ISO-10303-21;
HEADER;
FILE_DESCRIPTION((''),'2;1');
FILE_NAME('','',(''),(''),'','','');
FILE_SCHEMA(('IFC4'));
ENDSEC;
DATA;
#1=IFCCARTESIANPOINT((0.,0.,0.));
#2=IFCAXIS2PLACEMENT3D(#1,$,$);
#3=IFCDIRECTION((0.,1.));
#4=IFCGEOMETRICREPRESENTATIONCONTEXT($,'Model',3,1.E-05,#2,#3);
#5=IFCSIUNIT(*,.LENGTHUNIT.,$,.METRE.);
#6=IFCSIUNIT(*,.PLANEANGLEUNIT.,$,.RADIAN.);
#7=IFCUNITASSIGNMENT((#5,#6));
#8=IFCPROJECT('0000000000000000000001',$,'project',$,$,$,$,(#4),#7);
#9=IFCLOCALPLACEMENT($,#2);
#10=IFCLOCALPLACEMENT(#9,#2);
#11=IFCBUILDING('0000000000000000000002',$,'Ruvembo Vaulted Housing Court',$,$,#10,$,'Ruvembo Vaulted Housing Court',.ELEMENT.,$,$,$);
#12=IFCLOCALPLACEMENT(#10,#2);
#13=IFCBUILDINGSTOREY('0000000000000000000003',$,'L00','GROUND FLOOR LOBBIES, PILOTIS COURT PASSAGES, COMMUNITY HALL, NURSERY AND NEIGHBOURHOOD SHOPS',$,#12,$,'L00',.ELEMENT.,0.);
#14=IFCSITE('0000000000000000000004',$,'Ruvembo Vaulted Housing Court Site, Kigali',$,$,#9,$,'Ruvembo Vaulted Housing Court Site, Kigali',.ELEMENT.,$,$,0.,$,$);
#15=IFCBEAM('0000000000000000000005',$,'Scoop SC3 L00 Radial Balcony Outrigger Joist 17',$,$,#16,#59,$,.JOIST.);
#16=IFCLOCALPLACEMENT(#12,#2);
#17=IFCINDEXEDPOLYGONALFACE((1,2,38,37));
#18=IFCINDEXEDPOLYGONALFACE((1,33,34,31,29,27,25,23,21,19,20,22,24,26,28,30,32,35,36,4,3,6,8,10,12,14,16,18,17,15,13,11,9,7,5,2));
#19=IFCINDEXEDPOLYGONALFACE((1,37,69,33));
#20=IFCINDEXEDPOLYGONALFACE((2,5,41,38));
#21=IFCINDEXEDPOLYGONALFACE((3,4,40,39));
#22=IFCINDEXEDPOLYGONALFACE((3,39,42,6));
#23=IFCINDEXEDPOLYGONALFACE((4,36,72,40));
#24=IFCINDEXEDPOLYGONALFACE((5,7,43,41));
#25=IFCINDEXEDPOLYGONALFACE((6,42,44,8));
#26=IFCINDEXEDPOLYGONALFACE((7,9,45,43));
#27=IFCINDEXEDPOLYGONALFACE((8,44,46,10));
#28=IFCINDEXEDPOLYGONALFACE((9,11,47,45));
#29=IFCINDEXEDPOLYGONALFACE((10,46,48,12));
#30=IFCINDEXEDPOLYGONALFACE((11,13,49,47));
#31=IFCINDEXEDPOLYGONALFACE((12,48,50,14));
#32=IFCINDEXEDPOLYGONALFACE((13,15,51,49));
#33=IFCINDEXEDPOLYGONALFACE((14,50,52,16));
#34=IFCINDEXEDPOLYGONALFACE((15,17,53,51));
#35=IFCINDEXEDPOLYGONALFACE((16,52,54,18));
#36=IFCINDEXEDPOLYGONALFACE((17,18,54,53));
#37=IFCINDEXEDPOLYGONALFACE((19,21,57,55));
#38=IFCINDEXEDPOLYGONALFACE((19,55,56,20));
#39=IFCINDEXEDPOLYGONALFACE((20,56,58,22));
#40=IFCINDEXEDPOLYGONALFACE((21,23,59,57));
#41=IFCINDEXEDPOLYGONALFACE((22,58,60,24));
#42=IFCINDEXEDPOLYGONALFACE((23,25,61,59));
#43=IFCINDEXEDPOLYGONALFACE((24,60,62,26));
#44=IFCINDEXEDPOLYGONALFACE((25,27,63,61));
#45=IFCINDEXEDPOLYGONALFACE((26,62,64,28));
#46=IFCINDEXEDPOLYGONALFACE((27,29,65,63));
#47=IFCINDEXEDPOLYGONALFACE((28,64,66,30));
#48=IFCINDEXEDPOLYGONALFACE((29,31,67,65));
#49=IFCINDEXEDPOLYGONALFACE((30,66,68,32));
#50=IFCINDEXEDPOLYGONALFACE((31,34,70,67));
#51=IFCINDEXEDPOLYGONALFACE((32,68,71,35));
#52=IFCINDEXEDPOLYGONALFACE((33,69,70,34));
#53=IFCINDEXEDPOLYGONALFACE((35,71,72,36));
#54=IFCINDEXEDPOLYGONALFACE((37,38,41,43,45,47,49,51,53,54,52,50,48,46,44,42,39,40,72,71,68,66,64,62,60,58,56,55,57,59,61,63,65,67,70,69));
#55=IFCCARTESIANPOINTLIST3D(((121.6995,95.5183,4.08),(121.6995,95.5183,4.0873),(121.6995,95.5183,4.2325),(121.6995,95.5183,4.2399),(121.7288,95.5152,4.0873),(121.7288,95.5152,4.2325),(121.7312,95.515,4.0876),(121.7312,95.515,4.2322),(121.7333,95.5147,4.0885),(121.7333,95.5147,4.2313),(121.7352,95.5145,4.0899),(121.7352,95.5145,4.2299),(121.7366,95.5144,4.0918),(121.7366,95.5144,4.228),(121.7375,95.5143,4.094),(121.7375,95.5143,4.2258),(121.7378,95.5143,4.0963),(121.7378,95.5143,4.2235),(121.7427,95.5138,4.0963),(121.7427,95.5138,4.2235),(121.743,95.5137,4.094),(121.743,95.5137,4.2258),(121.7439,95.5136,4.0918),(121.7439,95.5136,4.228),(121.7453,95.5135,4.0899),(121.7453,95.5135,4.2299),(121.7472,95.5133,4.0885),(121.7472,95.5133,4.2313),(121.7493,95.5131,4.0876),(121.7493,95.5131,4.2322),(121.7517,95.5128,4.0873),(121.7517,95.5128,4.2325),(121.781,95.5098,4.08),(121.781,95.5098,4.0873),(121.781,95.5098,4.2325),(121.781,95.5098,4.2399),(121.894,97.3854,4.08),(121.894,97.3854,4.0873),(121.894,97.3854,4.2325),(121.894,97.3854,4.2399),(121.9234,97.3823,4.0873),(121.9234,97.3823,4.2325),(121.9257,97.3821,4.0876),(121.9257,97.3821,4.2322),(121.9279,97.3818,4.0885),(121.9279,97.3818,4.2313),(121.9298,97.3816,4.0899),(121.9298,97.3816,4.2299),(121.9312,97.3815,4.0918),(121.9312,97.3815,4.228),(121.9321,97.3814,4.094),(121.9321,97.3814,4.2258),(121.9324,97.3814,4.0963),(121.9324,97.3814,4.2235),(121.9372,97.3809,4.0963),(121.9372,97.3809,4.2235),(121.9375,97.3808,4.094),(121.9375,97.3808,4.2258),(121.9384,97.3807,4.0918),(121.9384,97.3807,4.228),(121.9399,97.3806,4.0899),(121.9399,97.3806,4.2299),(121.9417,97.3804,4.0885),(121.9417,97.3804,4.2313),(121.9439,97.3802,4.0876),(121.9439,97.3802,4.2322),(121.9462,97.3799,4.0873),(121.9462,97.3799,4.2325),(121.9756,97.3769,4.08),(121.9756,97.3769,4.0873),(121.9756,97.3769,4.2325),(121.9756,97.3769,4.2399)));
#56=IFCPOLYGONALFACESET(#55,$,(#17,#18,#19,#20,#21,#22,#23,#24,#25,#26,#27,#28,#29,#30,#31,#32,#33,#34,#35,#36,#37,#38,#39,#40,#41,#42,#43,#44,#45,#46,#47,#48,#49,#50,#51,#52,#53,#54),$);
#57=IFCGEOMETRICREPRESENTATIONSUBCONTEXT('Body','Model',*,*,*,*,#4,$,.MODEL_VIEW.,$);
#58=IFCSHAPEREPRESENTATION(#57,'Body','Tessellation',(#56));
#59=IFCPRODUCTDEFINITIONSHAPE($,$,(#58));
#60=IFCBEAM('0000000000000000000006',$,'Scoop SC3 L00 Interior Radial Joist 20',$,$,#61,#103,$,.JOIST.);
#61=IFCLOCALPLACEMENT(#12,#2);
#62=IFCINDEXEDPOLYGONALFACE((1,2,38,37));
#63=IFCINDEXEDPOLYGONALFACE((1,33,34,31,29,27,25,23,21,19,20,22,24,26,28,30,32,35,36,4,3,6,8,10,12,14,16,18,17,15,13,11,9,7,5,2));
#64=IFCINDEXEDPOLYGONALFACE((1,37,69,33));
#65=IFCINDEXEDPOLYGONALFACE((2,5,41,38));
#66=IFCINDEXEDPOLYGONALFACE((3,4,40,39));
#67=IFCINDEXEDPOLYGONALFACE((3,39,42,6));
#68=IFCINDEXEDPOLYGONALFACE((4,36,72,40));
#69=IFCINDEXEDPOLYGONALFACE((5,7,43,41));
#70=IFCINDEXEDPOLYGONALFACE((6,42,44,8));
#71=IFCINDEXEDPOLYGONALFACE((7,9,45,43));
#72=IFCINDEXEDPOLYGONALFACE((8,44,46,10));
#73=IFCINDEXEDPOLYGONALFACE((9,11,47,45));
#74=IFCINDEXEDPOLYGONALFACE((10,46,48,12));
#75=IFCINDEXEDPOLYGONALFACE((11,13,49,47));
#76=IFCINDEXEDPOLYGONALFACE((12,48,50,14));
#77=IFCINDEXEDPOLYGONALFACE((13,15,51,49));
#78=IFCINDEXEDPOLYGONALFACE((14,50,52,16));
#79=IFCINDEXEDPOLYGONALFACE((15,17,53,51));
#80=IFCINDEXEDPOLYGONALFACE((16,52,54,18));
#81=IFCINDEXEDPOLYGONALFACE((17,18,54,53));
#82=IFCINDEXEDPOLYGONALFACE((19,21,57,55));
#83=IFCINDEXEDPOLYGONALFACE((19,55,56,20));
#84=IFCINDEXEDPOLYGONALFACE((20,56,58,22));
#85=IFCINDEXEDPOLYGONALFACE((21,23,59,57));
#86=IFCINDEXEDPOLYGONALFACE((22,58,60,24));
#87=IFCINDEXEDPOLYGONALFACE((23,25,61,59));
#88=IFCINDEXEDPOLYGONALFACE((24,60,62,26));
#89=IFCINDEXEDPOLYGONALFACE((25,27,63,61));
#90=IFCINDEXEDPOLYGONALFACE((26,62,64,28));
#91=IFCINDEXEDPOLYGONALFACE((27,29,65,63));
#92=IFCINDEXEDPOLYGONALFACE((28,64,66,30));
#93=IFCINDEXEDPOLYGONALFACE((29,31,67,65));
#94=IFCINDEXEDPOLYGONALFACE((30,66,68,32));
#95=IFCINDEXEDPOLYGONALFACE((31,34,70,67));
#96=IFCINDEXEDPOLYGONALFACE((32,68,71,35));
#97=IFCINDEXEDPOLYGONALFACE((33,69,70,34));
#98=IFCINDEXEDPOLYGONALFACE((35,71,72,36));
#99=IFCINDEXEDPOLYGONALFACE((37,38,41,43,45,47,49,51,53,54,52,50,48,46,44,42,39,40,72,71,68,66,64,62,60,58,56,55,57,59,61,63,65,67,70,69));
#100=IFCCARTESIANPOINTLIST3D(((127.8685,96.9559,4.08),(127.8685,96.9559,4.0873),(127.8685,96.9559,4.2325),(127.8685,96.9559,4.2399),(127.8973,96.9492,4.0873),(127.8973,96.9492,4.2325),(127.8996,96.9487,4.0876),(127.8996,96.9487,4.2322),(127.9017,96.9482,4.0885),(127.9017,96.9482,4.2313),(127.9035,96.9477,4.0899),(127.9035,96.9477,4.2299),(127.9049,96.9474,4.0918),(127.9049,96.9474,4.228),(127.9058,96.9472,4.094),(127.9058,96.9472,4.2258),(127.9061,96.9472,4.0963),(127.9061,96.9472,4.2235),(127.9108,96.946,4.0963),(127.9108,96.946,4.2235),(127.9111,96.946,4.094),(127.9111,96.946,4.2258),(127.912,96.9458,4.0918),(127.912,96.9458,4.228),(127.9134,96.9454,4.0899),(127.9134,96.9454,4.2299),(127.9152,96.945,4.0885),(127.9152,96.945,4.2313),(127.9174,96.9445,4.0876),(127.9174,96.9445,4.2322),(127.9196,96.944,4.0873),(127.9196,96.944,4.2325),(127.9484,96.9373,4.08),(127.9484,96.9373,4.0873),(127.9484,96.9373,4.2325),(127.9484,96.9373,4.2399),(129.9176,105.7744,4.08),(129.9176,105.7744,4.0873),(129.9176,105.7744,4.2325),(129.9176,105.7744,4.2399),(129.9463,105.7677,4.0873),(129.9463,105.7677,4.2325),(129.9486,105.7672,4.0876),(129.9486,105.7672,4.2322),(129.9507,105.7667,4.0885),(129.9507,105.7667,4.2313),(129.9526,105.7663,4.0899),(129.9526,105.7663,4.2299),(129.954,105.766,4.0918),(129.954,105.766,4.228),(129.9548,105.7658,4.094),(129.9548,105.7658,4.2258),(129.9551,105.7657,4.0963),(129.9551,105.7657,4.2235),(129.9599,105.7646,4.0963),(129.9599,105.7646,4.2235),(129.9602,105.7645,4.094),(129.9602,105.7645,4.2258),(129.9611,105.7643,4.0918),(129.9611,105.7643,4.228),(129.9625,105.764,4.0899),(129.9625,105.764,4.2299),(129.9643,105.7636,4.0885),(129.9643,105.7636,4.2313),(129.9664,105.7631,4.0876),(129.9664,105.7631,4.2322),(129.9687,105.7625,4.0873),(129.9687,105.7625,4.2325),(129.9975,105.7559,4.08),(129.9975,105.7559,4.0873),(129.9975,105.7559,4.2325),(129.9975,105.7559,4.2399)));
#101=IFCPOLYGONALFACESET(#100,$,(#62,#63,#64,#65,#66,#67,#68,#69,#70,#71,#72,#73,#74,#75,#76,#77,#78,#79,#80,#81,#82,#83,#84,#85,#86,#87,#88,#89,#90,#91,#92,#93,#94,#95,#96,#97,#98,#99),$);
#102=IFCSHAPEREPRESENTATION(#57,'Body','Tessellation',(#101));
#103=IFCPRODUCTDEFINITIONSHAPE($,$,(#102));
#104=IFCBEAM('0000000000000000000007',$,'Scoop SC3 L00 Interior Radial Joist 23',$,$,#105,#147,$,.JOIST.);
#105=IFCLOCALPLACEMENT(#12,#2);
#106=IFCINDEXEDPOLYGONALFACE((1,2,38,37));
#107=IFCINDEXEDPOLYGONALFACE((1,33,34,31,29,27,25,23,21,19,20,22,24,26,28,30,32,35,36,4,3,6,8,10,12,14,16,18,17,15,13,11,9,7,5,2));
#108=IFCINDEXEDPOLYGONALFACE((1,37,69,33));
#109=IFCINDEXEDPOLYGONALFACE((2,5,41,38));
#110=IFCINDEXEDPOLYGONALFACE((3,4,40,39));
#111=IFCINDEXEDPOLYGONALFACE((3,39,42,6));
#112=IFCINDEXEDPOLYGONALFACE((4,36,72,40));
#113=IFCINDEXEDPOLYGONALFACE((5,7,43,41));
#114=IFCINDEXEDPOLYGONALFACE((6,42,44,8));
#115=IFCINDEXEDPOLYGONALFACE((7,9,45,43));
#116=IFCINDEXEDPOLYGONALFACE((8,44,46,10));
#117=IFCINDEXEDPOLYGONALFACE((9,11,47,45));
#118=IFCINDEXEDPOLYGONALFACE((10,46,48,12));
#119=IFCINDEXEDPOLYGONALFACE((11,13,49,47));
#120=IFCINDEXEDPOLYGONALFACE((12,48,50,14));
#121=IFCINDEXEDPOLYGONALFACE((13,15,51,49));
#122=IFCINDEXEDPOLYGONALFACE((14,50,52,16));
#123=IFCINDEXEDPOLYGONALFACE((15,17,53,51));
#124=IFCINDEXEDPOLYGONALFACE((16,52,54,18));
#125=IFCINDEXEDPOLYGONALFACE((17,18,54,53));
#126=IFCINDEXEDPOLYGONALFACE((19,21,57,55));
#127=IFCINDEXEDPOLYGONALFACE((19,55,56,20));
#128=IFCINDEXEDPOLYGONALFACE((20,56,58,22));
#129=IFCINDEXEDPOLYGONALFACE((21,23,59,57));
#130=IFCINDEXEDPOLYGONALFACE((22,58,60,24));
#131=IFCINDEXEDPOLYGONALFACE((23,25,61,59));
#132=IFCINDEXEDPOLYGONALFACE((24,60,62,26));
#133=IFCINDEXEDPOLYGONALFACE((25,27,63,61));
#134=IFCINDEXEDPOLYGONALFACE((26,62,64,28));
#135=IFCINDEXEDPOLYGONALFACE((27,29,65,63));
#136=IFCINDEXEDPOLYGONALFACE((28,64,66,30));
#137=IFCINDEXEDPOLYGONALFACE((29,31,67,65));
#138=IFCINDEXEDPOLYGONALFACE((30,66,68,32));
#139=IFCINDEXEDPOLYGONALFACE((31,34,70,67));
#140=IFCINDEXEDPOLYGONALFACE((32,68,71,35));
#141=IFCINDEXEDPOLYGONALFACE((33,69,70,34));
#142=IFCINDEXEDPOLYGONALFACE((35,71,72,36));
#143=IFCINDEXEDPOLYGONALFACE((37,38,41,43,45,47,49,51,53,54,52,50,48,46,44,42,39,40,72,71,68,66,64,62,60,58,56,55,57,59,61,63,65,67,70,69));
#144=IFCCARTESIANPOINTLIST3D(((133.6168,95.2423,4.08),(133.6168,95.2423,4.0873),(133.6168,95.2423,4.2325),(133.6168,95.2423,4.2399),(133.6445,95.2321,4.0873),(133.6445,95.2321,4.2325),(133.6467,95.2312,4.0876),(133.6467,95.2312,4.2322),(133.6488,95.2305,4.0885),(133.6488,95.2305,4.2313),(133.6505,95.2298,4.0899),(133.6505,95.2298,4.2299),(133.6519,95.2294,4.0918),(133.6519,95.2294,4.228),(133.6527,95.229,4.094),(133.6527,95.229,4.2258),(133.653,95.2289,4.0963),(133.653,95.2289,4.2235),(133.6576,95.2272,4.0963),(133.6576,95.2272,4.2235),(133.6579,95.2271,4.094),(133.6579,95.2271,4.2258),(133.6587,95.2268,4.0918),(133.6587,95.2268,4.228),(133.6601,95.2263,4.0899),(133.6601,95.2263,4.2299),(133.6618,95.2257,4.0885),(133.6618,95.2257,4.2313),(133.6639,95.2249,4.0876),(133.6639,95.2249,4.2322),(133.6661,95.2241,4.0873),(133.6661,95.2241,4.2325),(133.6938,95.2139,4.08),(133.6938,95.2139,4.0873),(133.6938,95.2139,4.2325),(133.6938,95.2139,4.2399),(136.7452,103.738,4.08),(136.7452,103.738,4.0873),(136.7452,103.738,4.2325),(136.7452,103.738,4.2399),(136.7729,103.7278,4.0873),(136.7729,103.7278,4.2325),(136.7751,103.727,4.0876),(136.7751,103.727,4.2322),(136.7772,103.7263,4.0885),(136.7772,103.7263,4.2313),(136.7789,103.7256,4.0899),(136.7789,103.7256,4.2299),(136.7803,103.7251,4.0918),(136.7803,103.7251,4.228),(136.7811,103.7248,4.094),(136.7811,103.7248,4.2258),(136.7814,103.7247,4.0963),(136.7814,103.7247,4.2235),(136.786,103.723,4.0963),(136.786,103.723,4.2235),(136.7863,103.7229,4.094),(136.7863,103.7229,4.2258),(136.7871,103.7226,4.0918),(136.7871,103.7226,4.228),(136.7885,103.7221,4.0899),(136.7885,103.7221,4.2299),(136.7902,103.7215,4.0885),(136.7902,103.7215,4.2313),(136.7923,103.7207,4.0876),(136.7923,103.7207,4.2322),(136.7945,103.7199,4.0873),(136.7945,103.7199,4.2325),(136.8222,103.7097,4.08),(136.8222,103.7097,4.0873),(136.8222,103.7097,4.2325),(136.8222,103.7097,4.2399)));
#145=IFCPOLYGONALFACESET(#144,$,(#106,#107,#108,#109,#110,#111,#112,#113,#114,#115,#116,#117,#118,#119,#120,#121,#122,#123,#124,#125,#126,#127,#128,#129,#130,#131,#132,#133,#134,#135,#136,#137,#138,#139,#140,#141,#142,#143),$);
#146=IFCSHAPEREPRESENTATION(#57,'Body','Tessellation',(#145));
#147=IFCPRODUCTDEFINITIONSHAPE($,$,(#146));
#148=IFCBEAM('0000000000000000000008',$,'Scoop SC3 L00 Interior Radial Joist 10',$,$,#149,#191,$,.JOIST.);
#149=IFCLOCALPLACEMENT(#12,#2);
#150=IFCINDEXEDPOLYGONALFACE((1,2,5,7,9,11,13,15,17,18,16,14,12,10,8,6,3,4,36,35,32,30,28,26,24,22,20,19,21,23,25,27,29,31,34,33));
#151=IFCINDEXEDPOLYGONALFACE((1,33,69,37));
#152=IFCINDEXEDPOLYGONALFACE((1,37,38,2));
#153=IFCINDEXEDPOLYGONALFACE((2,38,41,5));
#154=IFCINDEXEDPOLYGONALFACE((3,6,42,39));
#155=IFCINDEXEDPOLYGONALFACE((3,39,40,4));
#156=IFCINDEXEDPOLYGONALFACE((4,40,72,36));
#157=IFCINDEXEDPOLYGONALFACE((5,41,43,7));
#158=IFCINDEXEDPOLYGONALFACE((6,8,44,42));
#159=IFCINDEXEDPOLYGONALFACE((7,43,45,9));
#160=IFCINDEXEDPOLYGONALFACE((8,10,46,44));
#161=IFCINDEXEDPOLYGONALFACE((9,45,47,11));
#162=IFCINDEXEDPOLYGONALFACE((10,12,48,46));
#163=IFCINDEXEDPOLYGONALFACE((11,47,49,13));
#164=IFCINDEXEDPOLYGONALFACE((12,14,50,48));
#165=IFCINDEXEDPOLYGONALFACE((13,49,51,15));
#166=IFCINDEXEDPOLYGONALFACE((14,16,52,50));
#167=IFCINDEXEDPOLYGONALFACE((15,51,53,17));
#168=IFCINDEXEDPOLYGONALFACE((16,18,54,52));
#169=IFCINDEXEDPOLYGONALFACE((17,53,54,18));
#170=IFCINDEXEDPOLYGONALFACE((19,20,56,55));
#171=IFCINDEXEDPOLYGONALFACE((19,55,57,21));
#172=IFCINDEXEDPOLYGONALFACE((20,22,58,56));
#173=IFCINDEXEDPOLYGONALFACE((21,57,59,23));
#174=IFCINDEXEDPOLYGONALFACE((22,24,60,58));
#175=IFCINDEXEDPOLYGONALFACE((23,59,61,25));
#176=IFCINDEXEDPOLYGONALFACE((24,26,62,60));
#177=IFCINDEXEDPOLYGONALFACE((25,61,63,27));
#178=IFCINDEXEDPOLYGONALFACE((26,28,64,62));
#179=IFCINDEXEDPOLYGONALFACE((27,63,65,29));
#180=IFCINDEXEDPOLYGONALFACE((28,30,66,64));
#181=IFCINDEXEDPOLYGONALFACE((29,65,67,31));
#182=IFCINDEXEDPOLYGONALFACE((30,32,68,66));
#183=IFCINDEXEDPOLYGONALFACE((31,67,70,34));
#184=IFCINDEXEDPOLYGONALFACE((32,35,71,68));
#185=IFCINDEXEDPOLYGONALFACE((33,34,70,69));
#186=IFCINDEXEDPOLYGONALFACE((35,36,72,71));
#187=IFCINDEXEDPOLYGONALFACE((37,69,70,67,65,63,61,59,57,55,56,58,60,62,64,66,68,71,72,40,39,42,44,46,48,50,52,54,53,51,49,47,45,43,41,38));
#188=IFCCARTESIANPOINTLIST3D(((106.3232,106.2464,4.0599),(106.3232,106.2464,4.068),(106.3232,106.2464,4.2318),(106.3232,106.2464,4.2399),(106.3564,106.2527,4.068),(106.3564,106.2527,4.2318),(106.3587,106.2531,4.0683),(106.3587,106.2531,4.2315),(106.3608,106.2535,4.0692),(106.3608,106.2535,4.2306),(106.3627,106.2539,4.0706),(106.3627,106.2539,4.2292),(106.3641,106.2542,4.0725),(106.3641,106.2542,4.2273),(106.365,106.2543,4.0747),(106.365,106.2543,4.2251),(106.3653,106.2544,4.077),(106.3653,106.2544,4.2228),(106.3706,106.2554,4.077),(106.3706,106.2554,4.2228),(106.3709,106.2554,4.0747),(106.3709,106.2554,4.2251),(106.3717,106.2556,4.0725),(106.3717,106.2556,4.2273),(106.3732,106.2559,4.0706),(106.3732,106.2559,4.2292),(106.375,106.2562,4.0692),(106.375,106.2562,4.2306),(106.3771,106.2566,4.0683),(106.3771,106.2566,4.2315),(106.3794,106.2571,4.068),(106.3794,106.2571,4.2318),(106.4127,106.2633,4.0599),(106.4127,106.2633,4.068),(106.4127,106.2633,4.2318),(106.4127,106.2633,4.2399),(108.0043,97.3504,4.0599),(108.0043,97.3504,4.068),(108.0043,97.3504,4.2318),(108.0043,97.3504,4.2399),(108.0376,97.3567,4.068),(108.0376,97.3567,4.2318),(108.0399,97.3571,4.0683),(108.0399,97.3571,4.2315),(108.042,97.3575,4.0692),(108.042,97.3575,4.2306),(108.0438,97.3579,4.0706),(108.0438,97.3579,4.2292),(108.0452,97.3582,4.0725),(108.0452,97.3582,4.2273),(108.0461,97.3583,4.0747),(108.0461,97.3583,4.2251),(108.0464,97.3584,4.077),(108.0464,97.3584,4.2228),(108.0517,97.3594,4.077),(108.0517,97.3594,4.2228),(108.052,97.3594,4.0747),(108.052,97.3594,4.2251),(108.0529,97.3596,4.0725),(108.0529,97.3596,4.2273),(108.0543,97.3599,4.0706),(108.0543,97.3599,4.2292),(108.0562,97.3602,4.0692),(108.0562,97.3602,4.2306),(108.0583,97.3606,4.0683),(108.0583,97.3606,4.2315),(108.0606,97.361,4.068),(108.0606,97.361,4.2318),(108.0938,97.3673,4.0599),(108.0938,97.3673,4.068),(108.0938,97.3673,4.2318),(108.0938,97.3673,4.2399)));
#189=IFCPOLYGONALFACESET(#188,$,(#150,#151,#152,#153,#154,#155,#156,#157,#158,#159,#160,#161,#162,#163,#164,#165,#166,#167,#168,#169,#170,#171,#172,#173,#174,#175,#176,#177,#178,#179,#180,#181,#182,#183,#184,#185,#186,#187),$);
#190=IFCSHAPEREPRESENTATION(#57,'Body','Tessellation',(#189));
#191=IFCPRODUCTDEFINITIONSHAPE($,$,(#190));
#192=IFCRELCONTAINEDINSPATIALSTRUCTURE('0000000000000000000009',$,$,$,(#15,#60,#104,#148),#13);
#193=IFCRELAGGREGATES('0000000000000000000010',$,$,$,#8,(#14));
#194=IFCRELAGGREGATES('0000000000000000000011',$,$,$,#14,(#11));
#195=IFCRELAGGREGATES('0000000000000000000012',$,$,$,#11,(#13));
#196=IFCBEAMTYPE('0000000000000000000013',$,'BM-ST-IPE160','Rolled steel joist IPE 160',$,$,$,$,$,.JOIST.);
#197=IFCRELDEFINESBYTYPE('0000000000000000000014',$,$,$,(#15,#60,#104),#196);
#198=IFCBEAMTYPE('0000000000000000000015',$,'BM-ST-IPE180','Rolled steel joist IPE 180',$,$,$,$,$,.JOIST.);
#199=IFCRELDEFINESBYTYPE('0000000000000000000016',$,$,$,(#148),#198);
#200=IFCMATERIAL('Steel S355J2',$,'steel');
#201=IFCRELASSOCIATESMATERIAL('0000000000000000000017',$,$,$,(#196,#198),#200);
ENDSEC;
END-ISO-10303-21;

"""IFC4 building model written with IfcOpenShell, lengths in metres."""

from ifc_helpers import new_model, si_unit, direction, frame, origin, origin_2d, place, context, subcontext, project, spatial, i_section, extrude, material, material_profile, profile_set, type_object, element, save


model = new_model("IFC4")

# Units and contexts
model_context = context("Model", 3, precision=1e-05, world=origin(), true_north=direction((0.0, 1.0)))
body_context = subcontext(model_context, "Body", "Model", "MODEL_VIEW")
ifc_project = project(units=[si_unit("LENGTHUNIT", "METRE"), si_unit("PLANEANGLEUNIT", "RADIAN")], contexts=[model_context])

# Site, building, storey
site_placement = place(None, origin())
site = spatial("IfcSite", under=ifc_project, at=site_placement, Name="Ruvembo Vaulted Housing Court Site, Kigali", LongName="Ruvembo Vaulted Housing Court Site, Kigali", CompositionType="ELEMENT", RefElevation=0.0)
building_placement = place(site_placement, origin())
building = spatial("IfcBuilding", under=site, at=building_placement, Name="Ruvembo Vaulted Housing Court", LongName="Ruvembo Vaulted Housing Court", CompositionType="ELEMENT")
storey_placement = place(building_placement, origin())
storey = spatial("IfcBuildingStorey", under=building, at=storey_placement, Name="L00", Description="GROUND FLOOR LOBBIES, PILOTIS COURT PASSAGES, COMMUNITY HALL, NURSERY AND NEIGHBOURHOOD SHOPS", LongName="L00", CompositionType="ELEMENT", Elevation=0.0)

# Beams
ifc_material_1 = material(Name="Steel S355J2", Category="steel")
ifc_material_profile_1 = material_profile(ifc_material_1, i_section(OverallWidth=0.082, OverallDepth=0.1599, WebThickness=0.0049, FlangeThickness=0.0073, FilletRadius=0.009, at=origin_2d()), Name="IPE 160")
ifc_profile_set_1 = profile_set([ifc_material_profile_1], Name="Steel S355J2")
beam_type_1 = type_object("IfcBeamType", Name="BM-ST-IPE160", Description="Rolled steel joist IPE 160", PredefinedType="JOIST", material=ifc_profile_set_1)
beam_1_placement = place(storey_placement, frame((121.9348, 97.3811, 4.1599), z_axis=(-0.103649, -0.994614, 0.0), x_axis=(0.994614, -0.103649, 0.0)))
element("IfcBeam", 1, at=beam_1_placement, inside=storey, type_object=beam_type_1, Name="Scoop SC3 L00 Radial Balcony Outrigger Joist 17", PredefinedType="JOIST", context=body_context, shape_type="SweptSolid", body=[
    extrude(i_section(OverallWidth=0.082, OverallDepth=0.1599, WebThickness=0.0049, FlangeThickness=0.0073, FilletRadius=0.009, at=origin_2d()), origin(), (0.0, 0.0, 1.0), 1.8772),
])
for number, where, z_axis, x_axis, name in (
    (2, (129.9575, 105.7651, 4.1599), (-0.226328, -0.974051, 0.0), (0.974051, -0.226328, 0.0), "Scoop SC3 L00 Interior Radial Joist 20"),
    (3, (136.7837, 103.7239, 4.1599), (-0.345547, -0.938402, 0.0), (0.938402, -0.345547, 0.0), "Scoop SC3 L00 Interior Radial Joist 23"),
):
    element("IfcBeam", number, at=place(storey_placement, frame(where, z_axis=z_axis, x_axis=x_axis)), inside=storey, type_object=beam_type_1, Name=name, PredefinedType="JOIST", context=body_context, shape_type="SweptSolid", body=[
        extrude(i_section(OverallWidth=0.082, OverallDepth=0.1599, WebThickness=0.0049, FlangeThickness=0.0073, FilletRadius=0.009, at=origin_2d()), origin(), (0.0, 0.0, 1.0), 9.0535),
    ])
ifc_material_profile_2 = material_profile(ifc_material_1, i_section(OverallWidth=0.0911, OverallDepth=0.1799, WebThickness=0.0054, FlangeThickness=0.0081, FilletRadius=0.009, at=origin_2d()), Name="IPE 180")
ifc_profile_set_2 = profile_set([ifc_material_profile_2], Name="Steel S355J2")
beam_type_2 = type_object("IfcBeamType", Name="BM-ST-IPE180", Description="Rolled steel joist IPE 180", PredefinedType="JOIST", material=ifc_profile_set_2)
for number, where, z_axis, x_axis, name in (
    (4, (106.3679, 106.2549, 4.1499), (0.185692, -0.982608, 0.0), (0.982608, 0.185692, 0.0), "Scoop SC3 L00 Interior Radial Joist 10"),
):
    element("IfcBeam", number, at=place(storey_placement, frame(where, z_axis=z_axis, x_axis=x_axis)), inside=storey, type_object=beam_type_2, Name=name, PredefinedType="JOIST", context=body_context, shape_type="SweptSolid", body=[
        extrude(i_section(OverallWidth=0.0911, OverallDepth=0.1799, WebThickness=0.0054, FlangeThickness=0.0081, FilletRadius=0.009, at=origin_2d()), origin(), (0.0, 0.0, 1.0), 9.0535),
    ])

save(model, "model.ifc")
